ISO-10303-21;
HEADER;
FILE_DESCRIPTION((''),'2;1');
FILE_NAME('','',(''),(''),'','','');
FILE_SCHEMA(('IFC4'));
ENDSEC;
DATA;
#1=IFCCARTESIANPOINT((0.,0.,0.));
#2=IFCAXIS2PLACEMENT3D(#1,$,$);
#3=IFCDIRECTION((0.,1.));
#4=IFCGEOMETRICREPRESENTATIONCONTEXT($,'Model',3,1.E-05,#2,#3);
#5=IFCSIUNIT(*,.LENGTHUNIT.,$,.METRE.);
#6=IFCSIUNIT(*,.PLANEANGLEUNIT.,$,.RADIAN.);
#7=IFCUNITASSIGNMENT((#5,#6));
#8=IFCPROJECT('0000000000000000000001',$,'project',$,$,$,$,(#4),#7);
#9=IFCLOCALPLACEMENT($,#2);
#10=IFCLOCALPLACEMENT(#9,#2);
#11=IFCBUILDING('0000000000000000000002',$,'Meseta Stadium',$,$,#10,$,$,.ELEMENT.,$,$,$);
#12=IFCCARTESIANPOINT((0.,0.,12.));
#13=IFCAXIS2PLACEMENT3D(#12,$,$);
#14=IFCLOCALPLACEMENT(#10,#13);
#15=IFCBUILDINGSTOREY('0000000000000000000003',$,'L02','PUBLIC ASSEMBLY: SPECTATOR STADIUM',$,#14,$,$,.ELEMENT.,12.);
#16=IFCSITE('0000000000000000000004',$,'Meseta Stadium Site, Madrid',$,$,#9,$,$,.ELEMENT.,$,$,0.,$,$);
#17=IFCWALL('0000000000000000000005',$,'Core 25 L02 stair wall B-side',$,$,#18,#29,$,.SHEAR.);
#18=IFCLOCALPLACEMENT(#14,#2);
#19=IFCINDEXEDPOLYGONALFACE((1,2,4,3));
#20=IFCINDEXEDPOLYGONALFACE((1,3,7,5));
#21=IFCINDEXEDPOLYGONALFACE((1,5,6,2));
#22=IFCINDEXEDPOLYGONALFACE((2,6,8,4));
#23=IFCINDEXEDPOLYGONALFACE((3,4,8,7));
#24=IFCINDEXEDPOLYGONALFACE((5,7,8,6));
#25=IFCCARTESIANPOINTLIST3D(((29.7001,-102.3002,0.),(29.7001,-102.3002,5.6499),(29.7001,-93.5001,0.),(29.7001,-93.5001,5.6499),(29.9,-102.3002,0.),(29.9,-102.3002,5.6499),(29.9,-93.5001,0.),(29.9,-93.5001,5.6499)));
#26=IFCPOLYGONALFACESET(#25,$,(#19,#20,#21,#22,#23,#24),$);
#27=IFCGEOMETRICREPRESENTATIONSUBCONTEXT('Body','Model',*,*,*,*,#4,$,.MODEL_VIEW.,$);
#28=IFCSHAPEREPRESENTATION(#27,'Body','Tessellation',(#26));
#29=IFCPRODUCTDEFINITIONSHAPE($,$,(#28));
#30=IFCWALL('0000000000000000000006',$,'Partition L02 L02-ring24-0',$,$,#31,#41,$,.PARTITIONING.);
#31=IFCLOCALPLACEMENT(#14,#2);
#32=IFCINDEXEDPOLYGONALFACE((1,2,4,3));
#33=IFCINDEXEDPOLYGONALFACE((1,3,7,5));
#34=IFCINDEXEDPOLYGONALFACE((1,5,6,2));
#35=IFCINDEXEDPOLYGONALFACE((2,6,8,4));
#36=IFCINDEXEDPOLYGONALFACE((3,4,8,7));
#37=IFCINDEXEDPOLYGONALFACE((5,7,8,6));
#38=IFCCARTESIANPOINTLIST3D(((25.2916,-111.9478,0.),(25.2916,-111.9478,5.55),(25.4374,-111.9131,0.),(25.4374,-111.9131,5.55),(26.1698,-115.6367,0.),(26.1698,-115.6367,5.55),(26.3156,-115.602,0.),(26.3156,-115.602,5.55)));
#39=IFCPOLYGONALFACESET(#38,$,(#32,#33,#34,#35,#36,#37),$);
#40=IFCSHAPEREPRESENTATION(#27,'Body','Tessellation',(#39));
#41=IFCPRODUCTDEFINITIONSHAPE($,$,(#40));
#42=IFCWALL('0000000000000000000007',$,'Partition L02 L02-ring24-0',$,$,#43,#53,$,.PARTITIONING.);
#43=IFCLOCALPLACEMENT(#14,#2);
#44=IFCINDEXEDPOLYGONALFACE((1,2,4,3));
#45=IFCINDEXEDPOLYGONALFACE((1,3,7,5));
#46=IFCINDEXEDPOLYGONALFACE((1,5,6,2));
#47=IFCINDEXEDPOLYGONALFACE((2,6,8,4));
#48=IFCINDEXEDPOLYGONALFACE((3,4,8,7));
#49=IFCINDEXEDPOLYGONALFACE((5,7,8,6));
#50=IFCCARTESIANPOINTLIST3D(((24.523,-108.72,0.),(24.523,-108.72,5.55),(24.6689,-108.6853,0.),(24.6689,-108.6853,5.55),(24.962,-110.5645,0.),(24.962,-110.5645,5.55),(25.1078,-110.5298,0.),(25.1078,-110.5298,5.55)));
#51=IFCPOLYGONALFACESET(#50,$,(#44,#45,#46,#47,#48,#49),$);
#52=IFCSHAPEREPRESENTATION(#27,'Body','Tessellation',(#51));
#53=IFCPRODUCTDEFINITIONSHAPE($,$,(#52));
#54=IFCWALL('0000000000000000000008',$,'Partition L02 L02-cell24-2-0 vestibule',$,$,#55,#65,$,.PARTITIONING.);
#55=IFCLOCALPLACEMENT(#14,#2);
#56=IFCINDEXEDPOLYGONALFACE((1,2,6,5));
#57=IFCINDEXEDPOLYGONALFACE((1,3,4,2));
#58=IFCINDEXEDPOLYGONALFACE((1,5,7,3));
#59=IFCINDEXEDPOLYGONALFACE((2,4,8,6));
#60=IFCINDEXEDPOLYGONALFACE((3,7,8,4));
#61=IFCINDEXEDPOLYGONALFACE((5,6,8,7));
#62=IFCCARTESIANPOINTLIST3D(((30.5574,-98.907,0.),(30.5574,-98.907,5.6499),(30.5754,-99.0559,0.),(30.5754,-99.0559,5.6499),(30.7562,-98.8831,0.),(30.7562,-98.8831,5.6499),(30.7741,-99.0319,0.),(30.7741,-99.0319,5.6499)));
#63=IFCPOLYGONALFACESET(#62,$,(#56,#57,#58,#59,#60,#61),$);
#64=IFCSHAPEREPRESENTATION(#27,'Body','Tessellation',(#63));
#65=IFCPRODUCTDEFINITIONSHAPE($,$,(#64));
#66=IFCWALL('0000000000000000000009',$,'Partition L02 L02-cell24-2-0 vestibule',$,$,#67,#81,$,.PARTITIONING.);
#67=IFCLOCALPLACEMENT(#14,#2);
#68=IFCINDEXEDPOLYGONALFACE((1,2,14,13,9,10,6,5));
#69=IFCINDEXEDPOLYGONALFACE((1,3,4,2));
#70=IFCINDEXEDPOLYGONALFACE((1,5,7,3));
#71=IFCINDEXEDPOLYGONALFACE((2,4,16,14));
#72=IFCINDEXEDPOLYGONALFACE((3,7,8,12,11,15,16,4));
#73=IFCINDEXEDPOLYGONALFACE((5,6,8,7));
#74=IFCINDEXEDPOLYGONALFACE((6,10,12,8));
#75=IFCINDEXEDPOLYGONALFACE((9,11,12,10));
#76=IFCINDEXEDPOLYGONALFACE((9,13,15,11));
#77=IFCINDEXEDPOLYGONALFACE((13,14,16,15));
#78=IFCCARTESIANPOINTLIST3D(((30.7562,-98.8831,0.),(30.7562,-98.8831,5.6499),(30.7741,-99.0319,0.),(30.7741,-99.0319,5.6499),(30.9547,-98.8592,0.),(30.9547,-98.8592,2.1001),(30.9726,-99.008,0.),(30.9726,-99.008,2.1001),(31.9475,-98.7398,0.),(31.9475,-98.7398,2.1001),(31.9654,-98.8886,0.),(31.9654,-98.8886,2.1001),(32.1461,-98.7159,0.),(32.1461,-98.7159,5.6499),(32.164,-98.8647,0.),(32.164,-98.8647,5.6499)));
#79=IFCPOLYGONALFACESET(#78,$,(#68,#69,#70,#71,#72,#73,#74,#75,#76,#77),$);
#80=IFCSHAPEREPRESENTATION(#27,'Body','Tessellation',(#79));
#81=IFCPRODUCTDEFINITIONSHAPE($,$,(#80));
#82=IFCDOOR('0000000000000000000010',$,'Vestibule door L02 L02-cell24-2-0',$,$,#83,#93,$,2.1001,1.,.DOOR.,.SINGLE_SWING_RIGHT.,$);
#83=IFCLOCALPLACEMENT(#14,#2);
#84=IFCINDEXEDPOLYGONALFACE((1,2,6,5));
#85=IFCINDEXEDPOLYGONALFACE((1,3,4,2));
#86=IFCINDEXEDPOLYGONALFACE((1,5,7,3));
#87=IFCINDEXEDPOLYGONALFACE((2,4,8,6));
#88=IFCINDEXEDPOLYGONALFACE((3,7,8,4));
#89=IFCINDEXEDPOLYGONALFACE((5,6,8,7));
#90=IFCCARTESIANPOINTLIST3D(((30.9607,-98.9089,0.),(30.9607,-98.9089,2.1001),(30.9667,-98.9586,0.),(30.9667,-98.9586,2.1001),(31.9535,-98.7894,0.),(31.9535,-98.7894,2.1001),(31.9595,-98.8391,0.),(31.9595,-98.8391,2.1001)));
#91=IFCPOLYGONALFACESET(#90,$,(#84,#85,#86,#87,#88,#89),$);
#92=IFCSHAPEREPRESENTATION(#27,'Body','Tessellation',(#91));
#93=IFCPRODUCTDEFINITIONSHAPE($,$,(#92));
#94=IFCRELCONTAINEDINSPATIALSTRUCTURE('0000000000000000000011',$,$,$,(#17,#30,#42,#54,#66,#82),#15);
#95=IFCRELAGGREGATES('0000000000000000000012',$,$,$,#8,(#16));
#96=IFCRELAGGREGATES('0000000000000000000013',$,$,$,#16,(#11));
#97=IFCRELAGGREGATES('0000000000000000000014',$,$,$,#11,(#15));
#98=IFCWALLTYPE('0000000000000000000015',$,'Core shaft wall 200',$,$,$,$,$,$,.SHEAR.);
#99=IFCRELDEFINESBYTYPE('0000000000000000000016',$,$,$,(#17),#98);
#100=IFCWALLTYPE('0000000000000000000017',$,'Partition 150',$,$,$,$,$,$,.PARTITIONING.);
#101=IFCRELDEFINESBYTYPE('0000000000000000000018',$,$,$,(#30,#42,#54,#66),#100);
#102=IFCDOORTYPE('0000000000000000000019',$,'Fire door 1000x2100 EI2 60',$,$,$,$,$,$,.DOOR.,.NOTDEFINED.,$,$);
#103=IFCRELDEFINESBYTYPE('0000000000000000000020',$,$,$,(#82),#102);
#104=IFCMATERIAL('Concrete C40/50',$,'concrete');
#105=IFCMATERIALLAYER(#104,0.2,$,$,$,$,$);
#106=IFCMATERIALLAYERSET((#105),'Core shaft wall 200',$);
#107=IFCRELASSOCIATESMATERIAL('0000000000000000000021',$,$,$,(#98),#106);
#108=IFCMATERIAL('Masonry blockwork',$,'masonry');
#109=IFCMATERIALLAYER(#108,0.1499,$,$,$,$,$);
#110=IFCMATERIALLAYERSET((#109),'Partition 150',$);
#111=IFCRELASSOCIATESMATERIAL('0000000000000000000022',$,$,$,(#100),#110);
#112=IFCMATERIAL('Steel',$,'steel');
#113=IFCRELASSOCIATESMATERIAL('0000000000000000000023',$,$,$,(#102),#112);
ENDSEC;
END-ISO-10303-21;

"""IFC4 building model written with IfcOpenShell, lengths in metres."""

from ifc_helpers import new_model, si_unit, direction, frame, frame_2d, origin, place, context, subcontext, project, spatial, rectangle, extrude, material, layer, layer_set, type_object, element, fill, save


model = new_model("IFC4")

# Units and contexts
model_context = context("Model", 3, precision=1e-05, world=origin(), true_north=direction((0.0, 1.0)))
body_context = subcontext(model_context, "Body", "Model", "MODEL_VIEW")
ifc_project = project(units=[si_unit("LENGTHUNIT", "METRE"), si_unit("PLANEANGLEUNIT", "RADIAN")], contexts=[model_context])

# Site, building, storey
site_placement = place(None, origin())
site = spatial("IfcSite", under=ifc_project, at=site_placement, Name="Meseta Stadium Site, Madrid", CompositionType="ELEMENT", RefElevation=0.0)
building_placement = place(site_placement, origin())
building = spatial("IfcBuilding", under=site, at=building_placement, Name="Meseta Stadium", CompositionType="ELEMENT")
storey_placement = place(building_placement, frame((0.0, 0.0, 12.0)))
storey = spatial("IfcBuildingStorey", under=building, at=storey_placement, Name="L02", Description="PUBLIC ASSEMBLY: SPECTATOR STADIUM", CompositionType="ELEMENT", Elevation=12.0)

# Walls
ifc_material_1 = material(Name="Concrete C40/50", Category="concrete")
ifc_layer_1 = layer(ifc_material_1, 0.2)
ifc_layer_set_1 = layer_set([ifc_layer_1], Name="Core shaft wall 200")
wall_type_1 = type_object("IfcWallType", Name="Core shaft wall 200", PredefinedType="SHEAR", material=ifc_layer_set_1)
wall_1_placement = place(storey_placement, frame((29.8, -102.3, 0.0), z_axis=(0.0, 0.0, 1.0), x_axis=(0.0, 1.0, 0.0)))
element("IfcWall", 1, at=wall_1_placement, inside=storey, type_object=wall_type_1, Name="Core 25 L02 stair wall B-side", PredefinedType="SHEAR", context=body_context, shape_type="SweptSolid", body=[
    extrude(rectangle(XDim=8.8, YDim=0.2, at=frame_2d((4.3999, 0.0))), origin(), (0.0, 0.0, 1.0), 5.6499),
])
ifc_material_2 = material(Name="Masonry blockwork", Category="masonry")
ifc_layer_2 = layer(ifc_material_2, 0.1499)
ifc_layer_set_2 = layer_set([ifc_layer_2], Name="Partition 150")
wall_type_2 = type_object("IfcWallType", Name="Partition 150", PredefinedType="PARTITIONING", material=ifc_layer_set_2)
wall_2_placement = place(storey_placement, frame((26.2427, -115.6194, 0.0), z_axis=(0.0, 0.0, 1.0), x_axis=(-0.231583, 0.972815, 0.0)))
element("IfcWall", 2, at=wall_2_placement, inside=storey, type_object=wall_type_2, Name="Partition L02 L02-ring24-0", PredefinedType="PARTITIONING", context=body_context, shape_type="SweptSolid", body=[
    extrude(rectangle(XDim=3.792, YDim=0.1499, at=frame_2d((1.896, 0.0))), origin(), (0.0, 0.0, 1.0), 5.55),
])
wall_3_placement = place(storey_placement, frame((25.0349, -110.5471, 0.0), z_axis=(0.0, 0.0, 1.0), x_axis=(-0.231522, 0.97283, 0.0)))
element("IfcWall", 3, at=wall_3_placement, inside=storey, type_object=wall_type_2, Name="Partition L02 L02-ring24-0", PredefinedType="PARTITIONING", context=body_context, shape_type="SweptSolid", body=[
    extrude(rectangle(XDim=1.896, YDim=0.1499, at=frame_2d((0.948, 0.0))), origin(), (0.0, 0.0, 1.0), 5.55),
])
wall_4_placement = place(storey_placement, frame((30.5664, -98.9814, 0.0), z_axis=(0.0, 0.0, 1.0), x_axis=(0.992831, 0.11953, 0.0)))
element("IfcWall", 4, at=wall_4_placement, inside=storey, type_object=wall_type_2, Name="Partition L02 L02-cell24-2-0 vestibule", PredefinedType="PARTITIONING", context=body_context, shape_type="SweptSolid", body=[
    extrude(rectangle(XDim=0.2002, YDim=0.1499, at=frame_2d((0.1001, 0.0))), origin(), (0.0, 0.0, 1.0), 5.6499),
])

# Wall, opening, door
wall_5_placement = place(storey_placement, frame((30.7651, -98.9575, 0.0), z_axis=(0.0, 0.0, 1.0), x_axis=(0.992839, 0.119462, 0.0)))
wall_5 = element("IfcWall", 5, at=wall_5_placement, inside=storey, type_object=wall_type_2, Name="Partition L02 L02-cell24-2-0 vestibule", PredefinedType="PARTITIONING", context=body_context, shape_type="SweptSolid", body=[
    extrude(rectangle(XDim=1.3999, YDim=0.1499, at=frame_2d((0.7, 0.0))), origin(), (0.0, 0.0, 1.0), 5.6499),
])
opening_placement = place(wall_5_placement, frame((0.2, 0.0, 0.0)))
opening = element("IfcOpeningElement", 6, at=opening_placement, cuts=wall_5, PredefinedType="OPENING", context=body_context, shape_type="SweptSolid", body=[
    extrude(rectangle(XDim=1.0, YDim=2.1001, at=frame_2d((0.5, 1.05))), frame((0.0, 0.085, 0.0), z_axis=(0.0, -1.0, 0.0), x_axis=(1.0, 0.0, 0.0)), (0.0, 0.0, 1.0), 0.1699),
])
ifc_material_3 = material(Name="Steel", Category="steel")
door_type = type_object("IfcDoorType", Name="Fire door 1000x2100 EI2 60", OperationType="NOTDEFINED", PredefinedType="DOOR", material=ifc_material_3)
door_placement = place(opening_placement, origin())
door = element("IfcDoor", 7, at=door_placement, inside=storey, type_object=door_type, Name="Vestibule door L02 L02-cell24-2-0", OperationType="SINGLE_SWING_RIGHT", OverallHeight=2.1001, OverallWidth=1.0, PredefinedType="DOOR", context=body_context, shape_type="SweptSolid", body=[
    extrude(rectangle(XDim=1.0, YDim=2.1001, at=frame_2d((0.5, 1.05))), frame((0.0, 0.0249, 0.0), z_axis=(0.0, -1.0, 0.0), x_axis=(1.0, 0.0, 0.0)), (0.0, 0.0, 1.0), 0.05),
])
fill(opening, door)

save(model, "model.ifc")
